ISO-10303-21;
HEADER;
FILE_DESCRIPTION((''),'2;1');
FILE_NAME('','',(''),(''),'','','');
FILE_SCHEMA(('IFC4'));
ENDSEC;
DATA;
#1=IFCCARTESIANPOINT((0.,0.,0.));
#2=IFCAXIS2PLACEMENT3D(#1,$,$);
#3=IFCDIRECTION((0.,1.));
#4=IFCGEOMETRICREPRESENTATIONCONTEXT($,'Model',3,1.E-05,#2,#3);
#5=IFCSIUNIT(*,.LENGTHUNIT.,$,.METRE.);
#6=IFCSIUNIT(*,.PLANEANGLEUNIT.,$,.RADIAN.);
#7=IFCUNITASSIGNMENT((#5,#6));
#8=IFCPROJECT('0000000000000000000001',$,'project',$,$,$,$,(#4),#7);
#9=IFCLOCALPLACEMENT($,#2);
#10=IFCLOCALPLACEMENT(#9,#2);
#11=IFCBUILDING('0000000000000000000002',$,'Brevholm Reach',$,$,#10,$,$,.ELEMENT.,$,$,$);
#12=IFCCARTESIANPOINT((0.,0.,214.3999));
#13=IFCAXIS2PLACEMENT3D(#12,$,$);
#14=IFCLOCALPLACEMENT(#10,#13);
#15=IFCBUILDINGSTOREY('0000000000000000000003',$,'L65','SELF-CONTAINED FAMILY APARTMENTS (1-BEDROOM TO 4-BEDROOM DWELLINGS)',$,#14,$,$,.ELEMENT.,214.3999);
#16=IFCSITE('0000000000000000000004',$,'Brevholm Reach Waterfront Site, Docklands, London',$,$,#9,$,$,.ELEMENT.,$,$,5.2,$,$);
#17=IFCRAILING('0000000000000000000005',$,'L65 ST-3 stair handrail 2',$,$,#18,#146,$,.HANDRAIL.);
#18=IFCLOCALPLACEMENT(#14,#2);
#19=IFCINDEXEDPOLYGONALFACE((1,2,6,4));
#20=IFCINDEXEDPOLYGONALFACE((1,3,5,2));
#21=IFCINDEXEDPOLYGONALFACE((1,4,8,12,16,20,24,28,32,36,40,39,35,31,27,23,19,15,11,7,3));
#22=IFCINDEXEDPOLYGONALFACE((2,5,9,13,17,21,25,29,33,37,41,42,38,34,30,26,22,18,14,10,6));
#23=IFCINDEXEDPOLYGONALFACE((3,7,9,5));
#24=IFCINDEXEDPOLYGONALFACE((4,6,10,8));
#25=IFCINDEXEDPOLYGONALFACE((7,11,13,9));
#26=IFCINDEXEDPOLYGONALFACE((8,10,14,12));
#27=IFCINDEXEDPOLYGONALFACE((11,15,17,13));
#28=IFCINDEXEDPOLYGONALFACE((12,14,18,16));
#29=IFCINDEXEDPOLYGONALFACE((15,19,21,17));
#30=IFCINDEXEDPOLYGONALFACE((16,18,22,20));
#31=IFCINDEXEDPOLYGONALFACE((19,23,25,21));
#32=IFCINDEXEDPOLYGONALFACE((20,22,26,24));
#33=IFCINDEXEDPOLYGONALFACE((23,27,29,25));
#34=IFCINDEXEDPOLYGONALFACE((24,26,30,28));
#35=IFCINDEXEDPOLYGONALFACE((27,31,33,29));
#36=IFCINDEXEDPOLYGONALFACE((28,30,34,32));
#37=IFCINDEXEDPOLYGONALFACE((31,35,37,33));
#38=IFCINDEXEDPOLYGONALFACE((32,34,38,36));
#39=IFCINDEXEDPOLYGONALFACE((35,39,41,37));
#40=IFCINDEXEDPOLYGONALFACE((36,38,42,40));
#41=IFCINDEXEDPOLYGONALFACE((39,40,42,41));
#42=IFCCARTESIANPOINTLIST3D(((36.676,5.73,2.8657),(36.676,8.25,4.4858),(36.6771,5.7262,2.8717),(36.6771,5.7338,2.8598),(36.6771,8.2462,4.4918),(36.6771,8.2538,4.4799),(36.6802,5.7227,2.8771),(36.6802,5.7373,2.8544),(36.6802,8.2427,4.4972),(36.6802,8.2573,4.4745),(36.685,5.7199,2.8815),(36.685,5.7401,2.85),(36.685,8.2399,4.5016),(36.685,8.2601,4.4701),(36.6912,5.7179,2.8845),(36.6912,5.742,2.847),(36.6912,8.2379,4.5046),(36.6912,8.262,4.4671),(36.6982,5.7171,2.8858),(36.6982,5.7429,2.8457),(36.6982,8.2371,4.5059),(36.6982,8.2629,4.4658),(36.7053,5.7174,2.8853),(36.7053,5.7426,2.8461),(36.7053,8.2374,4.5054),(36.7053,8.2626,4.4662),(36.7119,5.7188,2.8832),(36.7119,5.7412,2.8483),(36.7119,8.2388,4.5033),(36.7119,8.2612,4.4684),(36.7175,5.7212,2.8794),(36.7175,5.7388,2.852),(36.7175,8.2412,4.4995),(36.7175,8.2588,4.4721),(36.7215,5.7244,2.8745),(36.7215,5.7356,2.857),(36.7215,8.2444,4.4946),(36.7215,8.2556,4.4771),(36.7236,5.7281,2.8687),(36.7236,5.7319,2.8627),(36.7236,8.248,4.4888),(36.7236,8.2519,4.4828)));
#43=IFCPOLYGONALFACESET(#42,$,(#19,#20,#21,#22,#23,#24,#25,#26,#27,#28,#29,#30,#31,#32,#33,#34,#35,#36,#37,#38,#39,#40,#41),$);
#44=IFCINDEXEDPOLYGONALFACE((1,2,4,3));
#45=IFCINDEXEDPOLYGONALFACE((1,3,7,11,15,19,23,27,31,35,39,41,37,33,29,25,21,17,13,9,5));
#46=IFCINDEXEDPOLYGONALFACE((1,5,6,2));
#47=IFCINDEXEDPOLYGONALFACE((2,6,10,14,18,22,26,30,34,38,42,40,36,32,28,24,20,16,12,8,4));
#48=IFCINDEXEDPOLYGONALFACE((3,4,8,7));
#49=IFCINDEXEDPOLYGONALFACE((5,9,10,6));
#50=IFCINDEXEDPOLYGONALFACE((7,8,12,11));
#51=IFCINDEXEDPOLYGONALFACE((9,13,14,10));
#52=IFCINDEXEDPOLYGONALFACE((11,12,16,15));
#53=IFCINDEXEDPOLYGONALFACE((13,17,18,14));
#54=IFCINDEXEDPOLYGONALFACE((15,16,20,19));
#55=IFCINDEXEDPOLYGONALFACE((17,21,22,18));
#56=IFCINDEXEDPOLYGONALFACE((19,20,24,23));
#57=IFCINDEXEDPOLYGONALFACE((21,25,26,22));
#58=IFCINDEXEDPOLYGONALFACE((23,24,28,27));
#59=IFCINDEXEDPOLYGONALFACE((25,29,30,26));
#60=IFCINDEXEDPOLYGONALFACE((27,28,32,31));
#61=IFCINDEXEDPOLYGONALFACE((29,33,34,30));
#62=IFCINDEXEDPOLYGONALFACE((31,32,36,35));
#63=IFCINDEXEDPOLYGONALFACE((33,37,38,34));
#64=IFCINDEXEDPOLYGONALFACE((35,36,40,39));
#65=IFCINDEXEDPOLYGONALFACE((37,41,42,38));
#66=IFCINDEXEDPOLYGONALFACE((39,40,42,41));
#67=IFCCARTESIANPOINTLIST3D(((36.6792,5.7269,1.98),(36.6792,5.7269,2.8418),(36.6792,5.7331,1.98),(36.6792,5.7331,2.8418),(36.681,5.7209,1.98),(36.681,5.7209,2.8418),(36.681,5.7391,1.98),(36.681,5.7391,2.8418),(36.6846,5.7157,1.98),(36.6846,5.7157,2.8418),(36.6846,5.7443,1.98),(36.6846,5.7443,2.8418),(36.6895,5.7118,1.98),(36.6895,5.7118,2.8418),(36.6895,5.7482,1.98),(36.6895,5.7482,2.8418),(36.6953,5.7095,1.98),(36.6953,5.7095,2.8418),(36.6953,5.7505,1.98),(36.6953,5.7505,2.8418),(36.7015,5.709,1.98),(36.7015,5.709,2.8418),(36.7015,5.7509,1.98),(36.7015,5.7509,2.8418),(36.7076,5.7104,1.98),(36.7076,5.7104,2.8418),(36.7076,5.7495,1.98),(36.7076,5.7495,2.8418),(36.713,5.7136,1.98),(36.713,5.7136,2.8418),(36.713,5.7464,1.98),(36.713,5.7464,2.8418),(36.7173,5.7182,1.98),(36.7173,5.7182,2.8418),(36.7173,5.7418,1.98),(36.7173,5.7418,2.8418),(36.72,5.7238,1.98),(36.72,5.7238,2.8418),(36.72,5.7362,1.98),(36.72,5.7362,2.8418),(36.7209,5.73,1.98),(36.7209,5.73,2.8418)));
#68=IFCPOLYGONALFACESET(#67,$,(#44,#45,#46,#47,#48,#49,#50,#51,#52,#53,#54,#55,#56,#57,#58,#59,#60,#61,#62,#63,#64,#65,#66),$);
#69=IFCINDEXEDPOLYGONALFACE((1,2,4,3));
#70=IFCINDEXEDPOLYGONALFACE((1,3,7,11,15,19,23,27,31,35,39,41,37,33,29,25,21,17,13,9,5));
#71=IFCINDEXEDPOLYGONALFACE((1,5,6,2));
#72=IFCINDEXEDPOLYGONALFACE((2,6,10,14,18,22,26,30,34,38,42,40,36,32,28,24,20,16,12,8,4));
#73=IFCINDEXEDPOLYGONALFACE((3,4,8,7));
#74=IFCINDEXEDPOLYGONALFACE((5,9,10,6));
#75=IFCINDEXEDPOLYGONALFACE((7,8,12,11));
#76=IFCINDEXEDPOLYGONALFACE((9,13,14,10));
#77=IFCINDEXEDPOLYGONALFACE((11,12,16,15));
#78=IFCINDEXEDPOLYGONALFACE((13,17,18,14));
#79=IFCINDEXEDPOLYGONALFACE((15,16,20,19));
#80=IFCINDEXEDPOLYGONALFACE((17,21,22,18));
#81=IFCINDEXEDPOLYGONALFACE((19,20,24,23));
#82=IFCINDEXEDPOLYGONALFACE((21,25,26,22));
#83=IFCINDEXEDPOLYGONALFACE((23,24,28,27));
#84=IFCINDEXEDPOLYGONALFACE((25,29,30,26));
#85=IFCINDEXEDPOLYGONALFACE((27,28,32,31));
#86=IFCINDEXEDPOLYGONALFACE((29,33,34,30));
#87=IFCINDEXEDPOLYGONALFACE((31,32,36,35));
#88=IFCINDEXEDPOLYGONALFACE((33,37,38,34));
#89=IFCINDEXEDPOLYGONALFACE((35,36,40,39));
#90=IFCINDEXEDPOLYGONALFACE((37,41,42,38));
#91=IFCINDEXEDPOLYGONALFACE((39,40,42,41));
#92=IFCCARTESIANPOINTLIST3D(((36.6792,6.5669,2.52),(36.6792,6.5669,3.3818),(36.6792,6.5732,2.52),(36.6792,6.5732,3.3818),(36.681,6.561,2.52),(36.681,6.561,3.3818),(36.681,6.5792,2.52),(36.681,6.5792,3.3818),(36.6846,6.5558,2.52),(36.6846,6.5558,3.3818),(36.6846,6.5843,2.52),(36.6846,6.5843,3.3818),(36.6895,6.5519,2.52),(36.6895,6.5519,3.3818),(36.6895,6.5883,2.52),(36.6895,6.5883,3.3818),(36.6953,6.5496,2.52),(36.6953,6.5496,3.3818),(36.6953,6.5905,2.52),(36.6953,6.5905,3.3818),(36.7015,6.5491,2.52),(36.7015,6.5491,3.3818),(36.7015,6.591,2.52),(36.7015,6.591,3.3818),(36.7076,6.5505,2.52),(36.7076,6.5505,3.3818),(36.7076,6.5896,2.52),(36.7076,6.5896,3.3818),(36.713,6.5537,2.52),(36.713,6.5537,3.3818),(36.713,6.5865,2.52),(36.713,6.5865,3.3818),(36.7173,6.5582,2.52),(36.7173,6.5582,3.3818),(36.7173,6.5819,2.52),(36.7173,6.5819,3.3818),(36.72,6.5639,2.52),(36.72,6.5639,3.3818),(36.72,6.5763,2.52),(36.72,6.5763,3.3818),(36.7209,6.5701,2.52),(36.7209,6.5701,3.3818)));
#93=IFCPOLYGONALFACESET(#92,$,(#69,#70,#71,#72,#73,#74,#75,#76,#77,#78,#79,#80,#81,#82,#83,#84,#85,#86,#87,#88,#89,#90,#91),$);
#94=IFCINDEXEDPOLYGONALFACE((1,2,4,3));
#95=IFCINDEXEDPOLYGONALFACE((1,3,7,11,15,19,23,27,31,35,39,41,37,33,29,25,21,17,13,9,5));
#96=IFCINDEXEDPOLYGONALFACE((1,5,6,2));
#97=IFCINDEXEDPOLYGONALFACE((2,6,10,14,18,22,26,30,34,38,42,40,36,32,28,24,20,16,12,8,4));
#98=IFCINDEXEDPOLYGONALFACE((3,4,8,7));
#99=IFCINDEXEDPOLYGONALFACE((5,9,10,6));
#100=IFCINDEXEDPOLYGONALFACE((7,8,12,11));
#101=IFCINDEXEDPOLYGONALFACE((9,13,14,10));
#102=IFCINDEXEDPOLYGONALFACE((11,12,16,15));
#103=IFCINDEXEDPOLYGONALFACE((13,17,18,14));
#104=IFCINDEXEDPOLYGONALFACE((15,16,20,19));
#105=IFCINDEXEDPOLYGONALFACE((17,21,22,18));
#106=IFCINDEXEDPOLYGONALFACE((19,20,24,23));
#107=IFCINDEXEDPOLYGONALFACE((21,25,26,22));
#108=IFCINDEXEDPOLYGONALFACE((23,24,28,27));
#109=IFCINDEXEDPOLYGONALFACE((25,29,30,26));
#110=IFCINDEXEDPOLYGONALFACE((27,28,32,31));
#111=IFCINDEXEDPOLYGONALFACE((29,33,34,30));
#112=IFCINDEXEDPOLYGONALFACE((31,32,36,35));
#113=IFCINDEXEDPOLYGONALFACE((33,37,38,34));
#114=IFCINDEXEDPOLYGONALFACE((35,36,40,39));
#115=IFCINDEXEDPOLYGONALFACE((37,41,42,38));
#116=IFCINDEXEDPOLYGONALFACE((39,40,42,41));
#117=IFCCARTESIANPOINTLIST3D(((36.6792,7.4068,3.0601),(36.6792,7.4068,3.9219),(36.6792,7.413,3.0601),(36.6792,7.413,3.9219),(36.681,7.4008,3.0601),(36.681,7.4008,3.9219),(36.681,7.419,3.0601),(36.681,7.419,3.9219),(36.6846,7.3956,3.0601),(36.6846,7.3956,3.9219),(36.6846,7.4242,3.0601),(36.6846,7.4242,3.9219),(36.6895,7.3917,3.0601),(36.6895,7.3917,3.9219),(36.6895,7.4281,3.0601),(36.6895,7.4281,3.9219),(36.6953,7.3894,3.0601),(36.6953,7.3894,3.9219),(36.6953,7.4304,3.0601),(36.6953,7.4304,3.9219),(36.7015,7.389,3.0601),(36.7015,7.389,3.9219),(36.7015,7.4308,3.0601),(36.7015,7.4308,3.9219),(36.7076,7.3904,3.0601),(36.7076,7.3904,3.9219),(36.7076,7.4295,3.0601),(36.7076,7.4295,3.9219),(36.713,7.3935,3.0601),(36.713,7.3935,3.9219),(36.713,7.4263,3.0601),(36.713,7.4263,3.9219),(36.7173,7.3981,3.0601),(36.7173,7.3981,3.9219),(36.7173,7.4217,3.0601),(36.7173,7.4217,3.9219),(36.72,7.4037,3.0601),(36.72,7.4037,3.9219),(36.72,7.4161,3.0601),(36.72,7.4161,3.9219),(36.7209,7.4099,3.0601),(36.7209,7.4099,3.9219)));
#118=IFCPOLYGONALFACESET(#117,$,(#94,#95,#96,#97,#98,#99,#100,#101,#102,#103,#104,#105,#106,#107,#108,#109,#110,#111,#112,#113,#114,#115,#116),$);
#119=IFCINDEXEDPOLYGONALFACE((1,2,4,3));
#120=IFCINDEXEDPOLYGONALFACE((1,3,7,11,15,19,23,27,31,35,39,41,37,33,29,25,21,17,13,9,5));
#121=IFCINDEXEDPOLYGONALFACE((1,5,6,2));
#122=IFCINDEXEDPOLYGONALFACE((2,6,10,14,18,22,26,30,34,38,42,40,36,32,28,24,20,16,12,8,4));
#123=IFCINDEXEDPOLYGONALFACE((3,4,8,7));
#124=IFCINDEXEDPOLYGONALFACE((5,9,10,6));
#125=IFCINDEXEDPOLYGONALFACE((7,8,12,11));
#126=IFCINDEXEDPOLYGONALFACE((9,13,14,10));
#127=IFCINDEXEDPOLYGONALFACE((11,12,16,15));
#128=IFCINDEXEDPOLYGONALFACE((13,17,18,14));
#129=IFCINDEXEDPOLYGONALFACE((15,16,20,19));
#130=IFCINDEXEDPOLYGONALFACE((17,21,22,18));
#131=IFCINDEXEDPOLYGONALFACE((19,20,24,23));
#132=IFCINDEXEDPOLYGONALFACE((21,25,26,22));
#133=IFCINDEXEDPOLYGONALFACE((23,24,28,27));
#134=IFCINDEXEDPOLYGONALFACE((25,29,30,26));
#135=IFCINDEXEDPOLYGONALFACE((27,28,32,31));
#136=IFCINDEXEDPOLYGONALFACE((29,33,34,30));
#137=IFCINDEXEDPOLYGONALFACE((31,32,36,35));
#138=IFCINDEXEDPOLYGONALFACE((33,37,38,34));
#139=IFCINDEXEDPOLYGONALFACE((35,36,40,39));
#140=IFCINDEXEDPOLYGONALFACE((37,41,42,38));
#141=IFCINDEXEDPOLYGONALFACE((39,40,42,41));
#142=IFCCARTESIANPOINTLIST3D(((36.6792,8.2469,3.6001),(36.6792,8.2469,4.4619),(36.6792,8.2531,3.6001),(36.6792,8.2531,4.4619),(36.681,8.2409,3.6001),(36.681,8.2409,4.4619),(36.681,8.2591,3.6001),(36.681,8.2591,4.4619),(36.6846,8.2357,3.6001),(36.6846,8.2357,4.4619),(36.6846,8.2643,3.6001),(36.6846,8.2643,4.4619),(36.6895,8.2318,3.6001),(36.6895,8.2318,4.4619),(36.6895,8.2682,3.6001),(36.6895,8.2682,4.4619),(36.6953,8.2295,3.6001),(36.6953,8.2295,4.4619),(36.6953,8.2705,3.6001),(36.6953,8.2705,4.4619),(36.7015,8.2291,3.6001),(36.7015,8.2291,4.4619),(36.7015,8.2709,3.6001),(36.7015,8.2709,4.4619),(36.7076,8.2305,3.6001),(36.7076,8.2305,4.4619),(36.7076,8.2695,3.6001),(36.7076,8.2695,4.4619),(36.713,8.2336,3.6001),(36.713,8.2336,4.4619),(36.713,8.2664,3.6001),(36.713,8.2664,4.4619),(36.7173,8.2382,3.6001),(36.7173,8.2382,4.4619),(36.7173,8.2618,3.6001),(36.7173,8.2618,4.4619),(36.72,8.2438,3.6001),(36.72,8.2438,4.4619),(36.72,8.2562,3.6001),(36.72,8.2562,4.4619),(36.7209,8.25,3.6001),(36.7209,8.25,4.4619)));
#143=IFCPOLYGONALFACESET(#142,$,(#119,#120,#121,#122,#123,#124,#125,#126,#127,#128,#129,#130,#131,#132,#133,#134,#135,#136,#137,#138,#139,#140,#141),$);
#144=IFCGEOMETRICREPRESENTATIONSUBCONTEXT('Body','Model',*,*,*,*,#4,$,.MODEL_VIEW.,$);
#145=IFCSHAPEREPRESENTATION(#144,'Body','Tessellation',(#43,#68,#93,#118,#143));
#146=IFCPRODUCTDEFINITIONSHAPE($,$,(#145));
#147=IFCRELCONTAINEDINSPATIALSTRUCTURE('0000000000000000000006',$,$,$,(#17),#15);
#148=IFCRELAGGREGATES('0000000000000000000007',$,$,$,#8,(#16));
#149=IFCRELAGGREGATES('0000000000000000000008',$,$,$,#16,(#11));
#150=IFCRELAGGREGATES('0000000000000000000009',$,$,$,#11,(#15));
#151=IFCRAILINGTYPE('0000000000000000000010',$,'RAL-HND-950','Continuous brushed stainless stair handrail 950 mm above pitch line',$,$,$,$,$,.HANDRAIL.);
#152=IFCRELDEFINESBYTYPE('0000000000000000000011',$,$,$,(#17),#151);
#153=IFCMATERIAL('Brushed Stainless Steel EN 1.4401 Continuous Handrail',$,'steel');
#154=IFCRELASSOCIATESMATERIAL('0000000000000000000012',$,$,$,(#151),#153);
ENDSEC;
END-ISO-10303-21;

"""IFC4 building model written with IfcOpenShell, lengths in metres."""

from ifc_helpers import new_model, si_unit, direction, frame, origin, origin_2d, place, context, subcontext, project, spatial, circle, extrude, material, type_object, element, save


model = new_model("IFC4")

# Units and contexts
model_context = context("Model", 3, precision=1e-05, world=origin(), true_north=direction((0.0, 1.0)))
body_context = subcontext(model_context, "Body", "Model", "MODEL_VIEW")
ifc_project = project(units=[si_unit("LENGTHUNIT", "METRE"), si_unit("PLANEANGLEUNIT", "RADIAN")], contexts=[model_context])

# Site, building, storey
site_placement = place(None, origin())
site = spatial("IfcSite", under=ifc_project, at=site_placement, Name="Brevholm Reach Waterfront Site, Docklands, London", CompositionType="ELEMENT", RefElevation=5.2)
building_placement = place(site_placement, origin())
building = spatial("IfcBuilding", under=site, at=building_placement, Name="Brevholm Reach", CompositionType="ELEMENT")
storey_placement = place(building_placement, frame((0.0, 0.0, 214.3999)))
storey = spatial("IfcBuildingStorey", under=building, at=storey_placement, Name="L65", Description="SELF-CONTAINED FAMILY APARTMENTS (1-BEDROOM TO 4-BEDROOM DWELLINGS)", CompositionType="ELEMENT", Elevation=214.3999)

# Railing
ifc_material_1 = material(Name="Brushed Stainless Steel EN 1.4401 Continuous Handrail", Category="steel")
railing_type_1 = type_object("IfcRailingType", Name="RAL-HND-950", Description="Continuous brushed stainless stair handrail 950 mm above pitch line", PredefinedType="HANDRAIL", material=ifc_material_1)
railing_1_placement = place(storey_placement, frame((36.7, 5.73, 1.98)))
element("IfcRailing", 1, at=railing_1_placement, inside=storey, type_object=railing_type_1, Name="L65 ST-3 stair handrail 2", PredefinedType="HANDRAIL", context=body_context, shape_type="SweptSolid", body=[
    extrude(circle(Radius=0.0239, at=origin_2d()), frame((0.0, 0.0, 0.8857), z_axis=(0.0, 0.841163, 0.540782), x_axis=(-1.0, 0.0, 0.0)), (0.0, 0.0, 1.0), 2.9958),
    extrude(circle(Radius=0.021, at=origin_2d()), origin(), (0.0, 0.0, 1.0), 0.8618),
    extrude(circle(Radius=0.021, at=origin_2d()), frame((0.0, 0.8401, 0.54)), (0.0, 0.0, 1.0), 0.8618),
    extrude(circle(Radius=0.021, at=origin_2d()), frame((0.0, 1.6799, 1.0801)), (0.0, 0.0, 1.0), 0.8618),
    extrude(circle(Radius=0.021, at=origin_2d()), frame((0.0, 2.52, 1.6201)), (0.0, 0.0, 1.0), 0.8618),
])

save(model, "model.ifc")
